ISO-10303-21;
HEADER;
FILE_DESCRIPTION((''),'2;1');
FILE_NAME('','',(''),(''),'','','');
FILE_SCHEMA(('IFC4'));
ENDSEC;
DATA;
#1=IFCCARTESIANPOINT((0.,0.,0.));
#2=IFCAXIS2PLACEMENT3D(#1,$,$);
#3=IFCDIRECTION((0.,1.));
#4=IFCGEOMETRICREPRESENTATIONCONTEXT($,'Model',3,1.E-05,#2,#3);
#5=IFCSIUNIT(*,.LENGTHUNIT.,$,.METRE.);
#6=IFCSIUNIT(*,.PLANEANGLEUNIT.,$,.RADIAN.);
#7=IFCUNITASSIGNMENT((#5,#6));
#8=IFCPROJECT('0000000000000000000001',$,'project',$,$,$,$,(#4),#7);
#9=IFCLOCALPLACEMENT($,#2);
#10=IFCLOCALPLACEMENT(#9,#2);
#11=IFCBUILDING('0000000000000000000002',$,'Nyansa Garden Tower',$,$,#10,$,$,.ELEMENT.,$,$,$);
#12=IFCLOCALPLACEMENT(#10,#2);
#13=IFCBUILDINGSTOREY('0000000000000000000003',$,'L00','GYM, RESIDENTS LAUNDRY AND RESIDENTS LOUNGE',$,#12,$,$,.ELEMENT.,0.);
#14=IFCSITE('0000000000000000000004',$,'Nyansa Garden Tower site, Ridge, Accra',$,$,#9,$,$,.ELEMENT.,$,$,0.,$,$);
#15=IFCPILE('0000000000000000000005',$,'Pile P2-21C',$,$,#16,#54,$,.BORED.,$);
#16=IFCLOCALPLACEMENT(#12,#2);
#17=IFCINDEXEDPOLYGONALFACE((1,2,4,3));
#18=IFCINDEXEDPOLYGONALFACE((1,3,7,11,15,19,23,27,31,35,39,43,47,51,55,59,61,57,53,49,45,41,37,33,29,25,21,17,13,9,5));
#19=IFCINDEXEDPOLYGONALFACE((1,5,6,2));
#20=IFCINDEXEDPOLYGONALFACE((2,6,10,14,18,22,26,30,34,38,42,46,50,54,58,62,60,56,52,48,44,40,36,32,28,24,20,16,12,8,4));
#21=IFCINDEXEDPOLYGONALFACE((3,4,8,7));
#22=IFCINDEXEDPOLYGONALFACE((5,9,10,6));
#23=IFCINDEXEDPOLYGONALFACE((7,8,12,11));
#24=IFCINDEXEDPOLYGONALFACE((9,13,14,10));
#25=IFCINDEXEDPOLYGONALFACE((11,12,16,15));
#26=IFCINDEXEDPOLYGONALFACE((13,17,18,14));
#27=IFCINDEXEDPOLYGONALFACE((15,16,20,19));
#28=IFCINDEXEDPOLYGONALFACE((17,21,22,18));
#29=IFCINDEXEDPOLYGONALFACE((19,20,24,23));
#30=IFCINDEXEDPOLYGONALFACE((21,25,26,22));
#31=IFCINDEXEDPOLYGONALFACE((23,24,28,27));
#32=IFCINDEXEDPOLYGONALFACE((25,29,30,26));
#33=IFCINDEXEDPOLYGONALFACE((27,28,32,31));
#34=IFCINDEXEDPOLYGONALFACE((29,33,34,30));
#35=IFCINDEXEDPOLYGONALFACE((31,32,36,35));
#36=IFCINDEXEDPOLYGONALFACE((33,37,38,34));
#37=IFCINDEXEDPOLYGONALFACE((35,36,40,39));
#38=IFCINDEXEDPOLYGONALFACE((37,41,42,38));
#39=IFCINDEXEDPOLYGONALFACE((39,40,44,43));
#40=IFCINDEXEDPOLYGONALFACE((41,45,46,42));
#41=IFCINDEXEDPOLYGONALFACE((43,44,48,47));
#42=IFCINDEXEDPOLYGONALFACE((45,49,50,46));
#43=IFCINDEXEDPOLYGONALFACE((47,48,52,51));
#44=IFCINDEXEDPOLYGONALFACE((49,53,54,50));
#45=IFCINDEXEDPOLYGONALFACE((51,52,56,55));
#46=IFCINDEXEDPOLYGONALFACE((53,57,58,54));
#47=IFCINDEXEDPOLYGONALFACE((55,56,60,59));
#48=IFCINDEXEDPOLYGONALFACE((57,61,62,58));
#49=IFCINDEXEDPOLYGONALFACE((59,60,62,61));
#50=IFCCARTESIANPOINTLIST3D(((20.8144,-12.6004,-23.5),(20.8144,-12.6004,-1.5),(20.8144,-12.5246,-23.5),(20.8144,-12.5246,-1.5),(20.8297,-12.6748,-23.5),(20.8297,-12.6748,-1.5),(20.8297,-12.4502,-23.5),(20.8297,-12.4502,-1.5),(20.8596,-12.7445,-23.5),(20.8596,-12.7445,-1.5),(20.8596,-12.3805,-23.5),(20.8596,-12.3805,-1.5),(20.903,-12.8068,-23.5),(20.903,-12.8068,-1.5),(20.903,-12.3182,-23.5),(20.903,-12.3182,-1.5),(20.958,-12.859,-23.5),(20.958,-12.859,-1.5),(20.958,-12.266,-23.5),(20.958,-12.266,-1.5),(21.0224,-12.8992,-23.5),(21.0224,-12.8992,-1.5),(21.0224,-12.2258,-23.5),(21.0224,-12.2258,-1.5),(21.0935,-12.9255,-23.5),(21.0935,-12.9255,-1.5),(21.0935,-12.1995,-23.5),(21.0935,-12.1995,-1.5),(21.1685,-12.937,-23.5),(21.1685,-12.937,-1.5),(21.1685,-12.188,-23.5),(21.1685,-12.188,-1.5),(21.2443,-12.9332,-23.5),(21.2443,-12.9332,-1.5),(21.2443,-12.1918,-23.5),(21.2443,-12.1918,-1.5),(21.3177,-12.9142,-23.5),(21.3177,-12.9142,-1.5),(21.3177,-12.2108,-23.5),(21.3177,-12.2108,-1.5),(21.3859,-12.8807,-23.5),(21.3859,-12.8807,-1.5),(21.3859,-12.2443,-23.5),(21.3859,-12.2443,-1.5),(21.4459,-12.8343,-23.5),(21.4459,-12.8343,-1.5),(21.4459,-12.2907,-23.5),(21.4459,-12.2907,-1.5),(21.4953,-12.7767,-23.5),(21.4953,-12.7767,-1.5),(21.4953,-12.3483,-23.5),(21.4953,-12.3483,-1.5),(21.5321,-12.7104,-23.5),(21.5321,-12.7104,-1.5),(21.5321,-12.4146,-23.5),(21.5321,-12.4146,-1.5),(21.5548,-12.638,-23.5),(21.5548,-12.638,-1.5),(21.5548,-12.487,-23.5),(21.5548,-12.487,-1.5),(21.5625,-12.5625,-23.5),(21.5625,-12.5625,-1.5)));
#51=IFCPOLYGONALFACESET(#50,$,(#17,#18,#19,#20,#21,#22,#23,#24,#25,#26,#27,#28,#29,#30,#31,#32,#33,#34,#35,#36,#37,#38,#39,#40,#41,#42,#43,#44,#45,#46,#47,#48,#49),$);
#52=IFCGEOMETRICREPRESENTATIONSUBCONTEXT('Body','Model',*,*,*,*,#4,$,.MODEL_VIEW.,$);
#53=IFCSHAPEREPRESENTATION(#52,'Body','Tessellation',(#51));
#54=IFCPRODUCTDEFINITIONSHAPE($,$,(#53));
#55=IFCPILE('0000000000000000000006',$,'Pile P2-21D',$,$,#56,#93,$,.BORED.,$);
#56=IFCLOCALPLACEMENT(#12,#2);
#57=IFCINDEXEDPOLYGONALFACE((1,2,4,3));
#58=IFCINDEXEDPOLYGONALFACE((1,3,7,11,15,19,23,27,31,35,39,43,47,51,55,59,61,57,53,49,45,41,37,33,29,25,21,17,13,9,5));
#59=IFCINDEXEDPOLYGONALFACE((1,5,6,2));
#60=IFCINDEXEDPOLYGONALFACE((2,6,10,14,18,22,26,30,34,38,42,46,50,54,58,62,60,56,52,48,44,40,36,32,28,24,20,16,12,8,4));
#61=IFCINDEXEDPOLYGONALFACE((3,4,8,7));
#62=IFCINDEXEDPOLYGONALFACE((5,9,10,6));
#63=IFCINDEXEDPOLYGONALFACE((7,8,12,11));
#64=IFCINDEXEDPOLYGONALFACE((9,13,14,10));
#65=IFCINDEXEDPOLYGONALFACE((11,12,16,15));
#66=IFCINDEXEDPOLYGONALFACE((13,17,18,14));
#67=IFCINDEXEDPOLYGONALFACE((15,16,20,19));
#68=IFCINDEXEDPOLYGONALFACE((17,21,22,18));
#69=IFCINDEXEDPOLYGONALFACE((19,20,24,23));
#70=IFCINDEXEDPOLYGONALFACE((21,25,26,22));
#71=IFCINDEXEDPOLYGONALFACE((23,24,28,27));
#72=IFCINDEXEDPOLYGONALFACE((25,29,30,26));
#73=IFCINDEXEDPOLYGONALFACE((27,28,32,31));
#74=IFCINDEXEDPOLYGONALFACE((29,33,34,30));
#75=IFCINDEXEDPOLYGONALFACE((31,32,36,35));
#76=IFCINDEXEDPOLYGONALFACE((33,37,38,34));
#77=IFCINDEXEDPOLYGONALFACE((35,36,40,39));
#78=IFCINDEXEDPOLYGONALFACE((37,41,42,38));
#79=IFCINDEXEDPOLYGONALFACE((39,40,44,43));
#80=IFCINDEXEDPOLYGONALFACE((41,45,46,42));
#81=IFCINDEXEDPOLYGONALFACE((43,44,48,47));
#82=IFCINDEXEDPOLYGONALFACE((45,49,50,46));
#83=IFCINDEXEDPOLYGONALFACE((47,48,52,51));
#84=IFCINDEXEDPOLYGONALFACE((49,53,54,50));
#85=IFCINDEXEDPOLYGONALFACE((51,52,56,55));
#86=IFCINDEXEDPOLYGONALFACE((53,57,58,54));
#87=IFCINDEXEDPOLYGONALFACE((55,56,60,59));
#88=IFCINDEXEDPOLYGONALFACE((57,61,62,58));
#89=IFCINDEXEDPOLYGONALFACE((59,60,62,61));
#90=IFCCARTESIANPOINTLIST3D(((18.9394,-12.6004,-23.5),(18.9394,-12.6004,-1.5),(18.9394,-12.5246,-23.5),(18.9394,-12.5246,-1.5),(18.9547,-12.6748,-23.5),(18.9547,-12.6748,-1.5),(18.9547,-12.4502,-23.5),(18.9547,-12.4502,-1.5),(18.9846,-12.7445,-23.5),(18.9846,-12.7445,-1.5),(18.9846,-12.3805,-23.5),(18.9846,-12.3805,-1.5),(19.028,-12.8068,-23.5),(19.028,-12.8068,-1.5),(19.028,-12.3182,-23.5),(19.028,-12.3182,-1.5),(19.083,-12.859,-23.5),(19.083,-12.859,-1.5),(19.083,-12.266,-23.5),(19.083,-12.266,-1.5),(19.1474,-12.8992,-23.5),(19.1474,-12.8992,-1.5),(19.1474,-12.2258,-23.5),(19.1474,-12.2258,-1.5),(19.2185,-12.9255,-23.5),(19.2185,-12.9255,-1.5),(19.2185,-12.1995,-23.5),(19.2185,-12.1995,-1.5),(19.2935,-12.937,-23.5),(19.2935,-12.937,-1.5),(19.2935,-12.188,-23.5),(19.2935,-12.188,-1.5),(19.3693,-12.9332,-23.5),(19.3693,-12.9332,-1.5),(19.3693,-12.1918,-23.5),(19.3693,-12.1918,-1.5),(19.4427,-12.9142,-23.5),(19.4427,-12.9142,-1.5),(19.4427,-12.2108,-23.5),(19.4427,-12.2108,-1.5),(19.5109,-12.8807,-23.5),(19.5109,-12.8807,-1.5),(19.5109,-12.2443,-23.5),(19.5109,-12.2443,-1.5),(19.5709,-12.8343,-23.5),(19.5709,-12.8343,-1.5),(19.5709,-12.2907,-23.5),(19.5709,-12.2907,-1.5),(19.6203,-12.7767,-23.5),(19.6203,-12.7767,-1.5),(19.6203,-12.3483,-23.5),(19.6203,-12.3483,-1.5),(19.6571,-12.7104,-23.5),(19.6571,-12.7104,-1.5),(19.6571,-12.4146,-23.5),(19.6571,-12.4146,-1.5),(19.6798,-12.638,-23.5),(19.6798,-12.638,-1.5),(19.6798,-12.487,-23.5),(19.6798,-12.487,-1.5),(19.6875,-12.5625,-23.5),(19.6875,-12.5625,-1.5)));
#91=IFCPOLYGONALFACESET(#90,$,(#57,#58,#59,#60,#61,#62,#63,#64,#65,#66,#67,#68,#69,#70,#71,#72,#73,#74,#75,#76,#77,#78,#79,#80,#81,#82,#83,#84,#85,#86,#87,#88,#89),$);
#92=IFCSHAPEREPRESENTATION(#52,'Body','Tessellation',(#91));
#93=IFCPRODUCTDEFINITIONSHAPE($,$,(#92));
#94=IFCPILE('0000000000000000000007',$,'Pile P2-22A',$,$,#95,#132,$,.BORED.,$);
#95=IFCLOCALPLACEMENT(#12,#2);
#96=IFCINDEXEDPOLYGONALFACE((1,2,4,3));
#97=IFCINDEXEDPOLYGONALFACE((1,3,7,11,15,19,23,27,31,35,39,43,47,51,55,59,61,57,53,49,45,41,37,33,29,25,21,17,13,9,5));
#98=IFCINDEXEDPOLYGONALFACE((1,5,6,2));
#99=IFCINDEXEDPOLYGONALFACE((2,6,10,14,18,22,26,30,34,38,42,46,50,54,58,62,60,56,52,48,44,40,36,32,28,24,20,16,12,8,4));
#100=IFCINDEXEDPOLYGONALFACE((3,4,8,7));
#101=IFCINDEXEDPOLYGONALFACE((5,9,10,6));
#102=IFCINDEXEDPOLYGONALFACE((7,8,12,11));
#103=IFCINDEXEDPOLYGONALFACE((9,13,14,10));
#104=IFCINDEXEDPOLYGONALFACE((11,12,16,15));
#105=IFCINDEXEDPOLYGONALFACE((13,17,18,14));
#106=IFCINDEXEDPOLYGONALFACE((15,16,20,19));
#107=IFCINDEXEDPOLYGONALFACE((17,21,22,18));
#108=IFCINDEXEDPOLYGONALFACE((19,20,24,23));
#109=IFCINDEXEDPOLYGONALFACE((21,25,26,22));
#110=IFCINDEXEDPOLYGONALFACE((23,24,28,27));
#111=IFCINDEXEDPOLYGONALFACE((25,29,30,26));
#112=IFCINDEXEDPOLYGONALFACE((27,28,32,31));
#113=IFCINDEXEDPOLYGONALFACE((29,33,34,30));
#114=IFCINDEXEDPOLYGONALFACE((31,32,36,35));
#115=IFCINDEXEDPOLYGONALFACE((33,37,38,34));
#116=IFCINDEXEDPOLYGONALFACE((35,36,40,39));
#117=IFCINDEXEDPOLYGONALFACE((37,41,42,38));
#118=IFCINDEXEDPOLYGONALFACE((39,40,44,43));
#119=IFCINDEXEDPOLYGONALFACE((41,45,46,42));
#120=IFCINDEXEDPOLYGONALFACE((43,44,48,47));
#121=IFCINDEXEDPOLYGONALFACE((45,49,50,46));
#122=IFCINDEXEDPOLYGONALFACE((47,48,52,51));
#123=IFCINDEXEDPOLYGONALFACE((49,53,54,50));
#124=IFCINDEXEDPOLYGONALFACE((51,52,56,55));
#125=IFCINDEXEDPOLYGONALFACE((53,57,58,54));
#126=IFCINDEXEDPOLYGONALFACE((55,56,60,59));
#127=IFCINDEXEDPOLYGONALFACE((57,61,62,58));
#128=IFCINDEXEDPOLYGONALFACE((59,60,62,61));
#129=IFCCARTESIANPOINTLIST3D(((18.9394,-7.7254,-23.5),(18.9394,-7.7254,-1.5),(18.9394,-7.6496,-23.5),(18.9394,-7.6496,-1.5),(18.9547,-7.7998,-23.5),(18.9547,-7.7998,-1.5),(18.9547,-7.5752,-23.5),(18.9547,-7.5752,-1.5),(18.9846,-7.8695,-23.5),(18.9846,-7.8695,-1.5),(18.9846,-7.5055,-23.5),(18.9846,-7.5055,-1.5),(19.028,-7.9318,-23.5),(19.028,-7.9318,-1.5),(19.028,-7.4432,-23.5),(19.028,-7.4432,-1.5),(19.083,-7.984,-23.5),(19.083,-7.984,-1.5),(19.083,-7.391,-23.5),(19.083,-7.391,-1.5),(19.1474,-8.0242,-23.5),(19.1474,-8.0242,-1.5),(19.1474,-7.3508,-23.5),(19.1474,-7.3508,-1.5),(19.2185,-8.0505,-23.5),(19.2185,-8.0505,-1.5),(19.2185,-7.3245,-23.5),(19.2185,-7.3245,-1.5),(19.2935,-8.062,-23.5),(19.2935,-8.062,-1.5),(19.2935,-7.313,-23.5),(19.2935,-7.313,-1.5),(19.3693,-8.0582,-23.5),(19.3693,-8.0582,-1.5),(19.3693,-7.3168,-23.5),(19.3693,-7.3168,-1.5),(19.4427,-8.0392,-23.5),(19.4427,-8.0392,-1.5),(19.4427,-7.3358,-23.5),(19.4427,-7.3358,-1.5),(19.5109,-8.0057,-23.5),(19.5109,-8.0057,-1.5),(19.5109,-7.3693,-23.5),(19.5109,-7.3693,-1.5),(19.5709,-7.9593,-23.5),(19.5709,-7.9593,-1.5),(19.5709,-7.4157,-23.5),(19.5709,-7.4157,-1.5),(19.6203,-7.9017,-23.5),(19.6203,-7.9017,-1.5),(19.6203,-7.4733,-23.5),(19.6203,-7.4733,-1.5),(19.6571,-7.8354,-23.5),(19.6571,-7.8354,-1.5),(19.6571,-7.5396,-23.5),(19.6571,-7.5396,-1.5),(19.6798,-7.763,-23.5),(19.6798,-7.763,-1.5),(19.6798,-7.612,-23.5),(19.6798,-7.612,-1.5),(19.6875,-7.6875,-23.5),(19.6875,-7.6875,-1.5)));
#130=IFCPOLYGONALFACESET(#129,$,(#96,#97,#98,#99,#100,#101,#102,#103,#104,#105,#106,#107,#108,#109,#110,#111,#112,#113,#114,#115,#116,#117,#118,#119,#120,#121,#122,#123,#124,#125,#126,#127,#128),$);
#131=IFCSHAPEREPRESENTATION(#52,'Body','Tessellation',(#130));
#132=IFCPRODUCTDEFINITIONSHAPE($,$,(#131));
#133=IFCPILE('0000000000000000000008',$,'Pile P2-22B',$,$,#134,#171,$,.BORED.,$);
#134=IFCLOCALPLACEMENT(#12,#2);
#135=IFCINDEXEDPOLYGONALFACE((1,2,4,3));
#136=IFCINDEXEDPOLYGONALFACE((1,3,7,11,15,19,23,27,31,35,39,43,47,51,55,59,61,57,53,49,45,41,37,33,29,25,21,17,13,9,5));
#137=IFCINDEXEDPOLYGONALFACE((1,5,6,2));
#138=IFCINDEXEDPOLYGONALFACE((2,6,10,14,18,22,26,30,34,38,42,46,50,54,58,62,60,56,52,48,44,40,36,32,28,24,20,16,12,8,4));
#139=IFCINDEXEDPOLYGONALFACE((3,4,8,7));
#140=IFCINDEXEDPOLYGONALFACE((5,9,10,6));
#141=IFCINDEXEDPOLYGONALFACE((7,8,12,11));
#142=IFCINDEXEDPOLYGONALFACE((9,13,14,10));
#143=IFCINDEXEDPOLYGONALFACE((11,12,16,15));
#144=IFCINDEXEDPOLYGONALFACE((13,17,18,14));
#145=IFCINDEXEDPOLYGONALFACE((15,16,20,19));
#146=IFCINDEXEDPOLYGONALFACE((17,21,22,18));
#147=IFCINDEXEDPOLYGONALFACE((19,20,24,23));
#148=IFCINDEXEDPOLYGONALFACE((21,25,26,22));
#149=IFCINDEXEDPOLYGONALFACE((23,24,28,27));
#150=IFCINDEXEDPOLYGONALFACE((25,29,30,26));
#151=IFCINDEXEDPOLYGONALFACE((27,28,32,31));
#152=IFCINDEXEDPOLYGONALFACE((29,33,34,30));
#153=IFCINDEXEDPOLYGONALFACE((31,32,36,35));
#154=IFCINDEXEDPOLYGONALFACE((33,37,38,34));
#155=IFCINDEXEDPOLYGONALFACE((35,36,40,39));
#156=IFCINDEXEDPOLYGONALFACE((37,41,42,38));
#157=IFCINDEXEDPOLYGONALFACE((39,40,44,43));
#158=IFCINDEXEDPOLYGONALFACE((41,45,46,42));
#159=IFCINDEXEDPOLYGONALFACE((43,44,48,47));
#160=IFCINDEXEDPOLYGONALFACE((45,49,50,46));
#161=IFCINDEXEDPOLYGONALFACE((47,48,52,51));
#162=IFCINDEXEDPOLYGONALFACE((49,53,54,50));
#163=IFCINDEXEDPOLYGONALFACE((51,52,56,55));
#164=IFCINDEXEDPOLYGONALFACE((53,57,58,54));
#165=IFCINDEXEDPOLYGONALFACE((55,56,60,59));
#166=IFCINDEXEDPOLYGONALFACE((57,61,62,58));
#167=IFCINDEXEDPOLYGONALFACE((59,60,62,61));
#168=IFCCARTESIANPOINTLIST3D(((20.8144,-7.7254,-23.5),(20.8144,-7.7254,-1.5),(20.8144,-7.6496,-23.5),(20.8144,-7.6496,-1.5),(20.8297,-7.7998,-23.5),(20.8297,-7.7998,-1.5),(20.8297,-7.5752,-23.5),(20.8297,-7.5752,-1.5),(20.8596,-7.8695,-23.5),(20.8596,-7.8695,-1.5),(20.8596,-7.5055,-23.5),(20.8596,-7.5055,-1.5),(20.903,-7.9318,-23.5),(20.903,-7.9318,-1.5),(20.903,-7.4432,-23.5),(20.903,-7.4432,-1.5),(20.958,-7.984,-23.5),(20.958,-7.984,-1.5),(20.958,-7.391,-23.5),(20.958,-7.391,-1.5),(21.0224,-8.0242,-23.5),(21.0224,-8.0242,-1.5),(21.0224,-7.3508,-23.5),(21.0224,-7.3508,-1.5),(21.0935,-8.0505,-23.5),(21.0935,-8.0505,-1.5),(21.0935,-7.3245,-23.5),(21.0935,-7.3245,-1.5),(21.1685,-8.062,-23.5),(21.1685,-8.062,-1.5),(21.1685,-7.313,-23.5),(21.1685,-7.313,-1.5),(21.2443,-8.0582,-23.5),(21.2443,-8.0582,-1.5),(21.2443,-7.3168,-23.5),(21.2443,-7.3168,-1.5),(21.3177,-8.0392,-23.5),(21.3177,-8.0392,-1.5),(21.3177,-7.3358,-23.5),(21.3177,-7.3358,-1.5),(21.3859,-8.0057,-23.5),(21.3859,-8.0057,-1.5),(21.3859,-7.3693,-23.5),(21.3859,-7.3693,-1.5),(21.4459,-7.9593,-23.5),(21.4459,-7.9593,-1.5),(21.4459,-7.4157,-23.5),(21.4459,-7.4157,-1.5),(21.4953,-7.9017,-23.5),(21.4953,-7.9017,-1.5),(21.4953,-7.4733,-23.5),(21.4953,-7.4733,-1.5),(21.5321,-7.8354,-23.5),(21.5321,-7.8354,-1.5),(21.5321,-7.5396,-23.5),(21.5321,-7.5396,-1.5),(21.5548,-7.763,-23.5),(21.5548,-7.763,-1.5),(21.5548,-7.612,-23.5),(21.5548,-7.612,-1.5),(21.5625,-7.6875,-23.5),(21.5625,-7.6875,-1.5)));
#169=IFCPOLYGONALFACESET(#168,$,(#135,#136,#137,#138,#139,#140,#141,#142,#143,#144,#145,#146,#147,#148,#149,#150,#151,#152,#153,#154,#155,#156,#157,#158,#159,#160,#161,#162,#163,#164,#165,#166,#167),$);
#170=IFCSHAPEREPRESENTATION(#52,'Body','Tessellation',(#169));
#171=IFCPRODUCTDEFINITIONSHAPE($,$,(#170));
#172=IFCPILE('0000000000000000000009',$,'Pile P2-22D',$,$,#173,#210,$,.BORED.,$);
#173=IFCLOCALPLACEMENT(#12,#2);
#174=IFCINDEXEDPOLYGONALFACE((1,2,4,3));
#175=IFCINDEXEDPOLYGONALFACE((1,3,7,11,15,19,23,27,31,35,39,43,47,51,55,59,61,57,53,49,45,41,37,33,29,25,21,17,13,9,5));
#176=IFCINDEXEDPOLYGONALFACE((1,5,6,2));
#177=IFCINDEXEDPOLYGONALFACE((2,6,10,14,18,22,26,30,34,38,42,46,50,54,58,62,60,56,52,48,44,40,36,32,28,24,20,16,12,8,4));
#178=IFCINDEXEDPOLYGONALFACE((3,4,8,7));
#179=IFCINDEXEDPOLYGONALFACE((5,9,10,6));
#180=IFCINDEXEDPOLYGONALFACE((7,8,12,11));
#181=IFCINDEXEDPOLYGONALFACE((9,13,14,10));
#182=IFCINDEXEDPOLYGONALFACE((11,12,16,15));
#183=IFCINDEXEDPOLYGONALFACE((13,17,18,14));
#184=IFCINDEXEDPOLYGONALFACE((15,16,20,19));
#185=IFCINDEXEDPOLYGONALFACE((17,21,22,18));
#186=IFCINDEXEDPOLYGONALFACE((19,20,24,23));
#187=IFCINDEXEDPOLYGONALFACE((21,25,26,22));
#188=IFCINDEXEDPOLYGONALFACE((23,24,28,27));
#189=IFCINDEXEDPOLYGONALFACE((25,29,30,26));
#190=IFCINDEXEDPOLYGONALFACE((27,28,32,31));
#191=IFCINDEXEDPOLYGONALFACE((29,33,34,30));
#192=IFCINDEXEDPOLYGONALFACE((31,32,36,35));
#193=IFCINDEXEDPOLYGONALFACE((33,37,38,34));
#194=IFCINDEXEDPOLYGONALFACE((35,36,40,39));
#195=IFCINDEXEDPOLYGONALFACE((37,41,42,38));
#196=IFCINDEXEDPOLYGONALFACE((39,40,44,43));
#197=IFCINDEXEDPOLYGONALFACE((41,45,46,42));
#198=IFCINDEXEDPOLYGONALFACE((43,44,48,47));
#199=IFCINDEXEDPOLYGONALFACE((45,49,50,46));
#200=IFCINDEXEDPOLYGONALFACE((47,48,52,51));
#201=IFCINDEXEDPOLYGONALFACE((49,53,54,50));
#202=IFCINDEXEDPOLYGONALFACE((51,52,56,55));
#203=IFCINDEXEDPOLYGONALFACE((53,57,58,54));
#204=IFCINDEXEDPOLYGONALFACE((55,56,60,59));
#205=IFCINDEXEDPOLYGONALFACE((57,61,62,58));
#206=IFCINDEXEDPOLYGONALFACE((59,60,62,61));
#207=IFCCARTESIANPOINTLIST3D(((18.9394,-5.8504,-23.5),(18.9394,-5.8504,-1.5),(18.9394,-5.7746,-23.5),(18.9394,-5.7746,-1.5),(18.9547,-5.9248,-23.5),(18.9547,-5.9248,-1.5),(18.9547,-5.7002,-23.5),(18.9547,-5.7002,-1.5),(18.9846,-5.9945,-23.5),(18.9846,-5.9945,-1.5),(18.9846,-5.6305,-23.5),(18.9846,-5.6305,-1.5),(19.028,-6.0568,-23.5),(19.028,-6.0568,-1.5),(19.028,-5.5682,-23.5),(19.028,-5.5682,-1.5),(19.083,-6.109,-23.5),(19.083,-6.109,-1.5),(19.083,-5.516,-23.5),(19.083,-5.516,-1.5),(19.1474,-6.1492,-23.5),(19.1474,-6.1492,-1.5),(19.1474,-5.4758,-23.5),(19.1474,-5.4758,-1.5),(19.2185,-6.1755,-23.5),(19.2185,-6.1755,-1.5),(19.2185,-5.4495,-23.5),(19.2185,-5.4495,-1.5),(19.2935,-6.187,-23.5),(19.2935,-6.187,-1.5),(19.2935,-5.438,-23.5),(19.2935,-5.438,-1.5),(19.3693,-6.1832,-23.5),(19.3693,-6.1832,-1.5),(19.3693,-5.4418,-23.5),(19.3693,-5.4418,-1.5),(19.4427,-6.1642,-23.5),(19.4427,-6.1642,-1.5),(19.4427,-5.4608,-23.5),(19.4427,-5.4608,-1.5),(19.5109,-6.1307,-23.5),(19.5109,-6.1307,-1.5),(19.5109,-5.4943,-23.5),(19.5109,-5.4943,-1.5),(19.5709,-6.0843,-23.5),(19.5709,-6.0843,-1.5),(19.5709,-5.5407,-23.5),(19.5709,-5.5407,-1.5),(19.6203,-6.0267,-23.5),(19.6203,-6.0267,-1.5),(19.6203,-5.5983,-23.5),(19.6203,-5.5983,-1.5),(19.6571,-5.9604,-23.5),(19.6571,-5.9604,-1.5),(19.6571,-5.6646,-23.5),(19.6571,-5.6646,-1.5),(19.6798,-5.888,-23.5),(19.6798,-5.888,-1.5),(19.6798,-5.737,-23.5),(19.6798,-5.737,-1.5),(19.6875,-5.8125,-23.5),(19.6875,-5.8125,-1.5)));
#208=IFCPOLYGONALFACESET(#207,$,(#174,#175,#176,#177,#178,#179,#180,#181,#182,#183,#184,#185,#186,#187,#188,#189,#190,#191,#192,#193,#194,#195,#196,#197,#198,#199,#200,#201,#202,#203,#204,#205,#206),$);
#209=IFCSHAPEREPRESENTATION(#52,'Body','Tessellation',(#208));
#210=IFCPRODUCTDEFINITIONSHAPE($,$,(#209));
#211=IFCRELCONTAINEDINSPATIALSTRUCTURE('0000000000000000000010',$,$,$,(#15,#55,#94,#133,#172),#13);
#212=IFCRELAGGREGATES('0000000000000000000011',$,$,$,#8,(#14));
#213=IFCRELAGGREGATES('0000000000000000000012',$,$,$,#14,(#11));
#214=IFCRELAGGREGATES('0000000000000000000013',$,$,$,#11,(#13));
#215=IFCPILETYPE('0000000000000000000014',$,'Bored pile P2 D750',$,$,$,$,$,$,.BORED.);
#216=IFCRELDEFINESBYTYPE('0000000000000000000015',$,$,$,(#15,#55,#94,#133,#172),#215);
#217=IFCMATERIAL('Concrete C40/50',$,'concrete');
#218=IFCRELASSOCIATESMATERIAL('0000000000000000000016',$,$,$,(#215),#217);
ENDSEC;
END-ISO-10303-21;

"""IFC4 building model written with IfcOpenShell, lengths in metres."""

from ifc_helpers import new_model, si_unit, direction, frame, origin, origin_2d, place, context, subcontext, project, spatial, circle, extrude, material, type_object, element, save


model = new_model("IFC4")

# Units and contexts
model_context = context("Model", 3, precision=1e-05, world=origin(), true_north=direction((0.0, 1.0)))
body_context = subcontext(model_context, "Body", "Model", "MODEL_VIEW")
ifc_project = project(units=[si_unit("LENGTHUNIT", "METRE"), si_unit("PLANEANGLEUNIT", "RADIAN")], contexts=[model_context])

# Site, building, storey
site_placement = place(None, origin())
site = spatial("IfcSite", under=ifc_project, at=site_placement, Name="Nyansa Garden Tower site, Ridge, Accra", CompositionType="ELEMENT", RefElevation=0.0)
building_placement = place(site_placement, origin())
building = spatial("IfcBuilding", under=site, at=building_placement, Name="Nyansa Garden Tower", CompositionType="ELEMENT")
storey_placement = place(building_placement, origin())
storey = spatial("IfcBuildingStorey", under=building, at=storey_placement, Name="L00", Description="GYM, RESIDENTS LAUNDRY AND RESIDENTS LOUNGE", CompositionType="ELEMENT", Elevation=0.0)

# Piles
ifc_material_1 = material(Name="Concrete C40/50", Category="concrete")
pile_type_1 = type_object("IfcPileType", Name="Bored pile P2 D750", PredefinedType="BORED", material=ifc_material_1)
for number, where, z_axis, x_axis, name in (
    (1, (21.1875, -12.5625, -1.5), (0.0, 0.0, -1.0), (1.0, 0.0, 0.0), "Pile P2-21C"),
    (2, (19.3125, -12.5625, -1.5), (0.0, 0.0, -1.0), (1.0, 0.0, 0.0), "Pile P2-21D"),
    (3, (19.3125, -7.6875, -1.5), (0.0, 0.0, -1.0), (1.0, 0.0, 0.0), "Pile P2-22A"),
    (4, (21.1875, -7.6875, -1.5), (0.0, 0.0, -1.0), (1.0, 0.0, 0.0), "Pile P2-22B"),
    (5, (19.3125, -5.8125, -1.5), (0.0, 0.0, -1.0), (1.0, 0.0, 0.0), "Pile P2-22D"),
):
    element("IfcPile", number, at=place(storey_placement, frame(where, z_axis=z_axis, x_axis=x_axis)), inside=storey, type_object=pile_type_1, Name=name, PredefinedType="BORED", context=body_context, shape_type="SweptSolid", body=[
        extrude(circle(Radius=0.375, at=origin_2d()), origin(), (0.0, 0.0, 1.0), 22.0),
    ])

save(model, "model.ifc")
